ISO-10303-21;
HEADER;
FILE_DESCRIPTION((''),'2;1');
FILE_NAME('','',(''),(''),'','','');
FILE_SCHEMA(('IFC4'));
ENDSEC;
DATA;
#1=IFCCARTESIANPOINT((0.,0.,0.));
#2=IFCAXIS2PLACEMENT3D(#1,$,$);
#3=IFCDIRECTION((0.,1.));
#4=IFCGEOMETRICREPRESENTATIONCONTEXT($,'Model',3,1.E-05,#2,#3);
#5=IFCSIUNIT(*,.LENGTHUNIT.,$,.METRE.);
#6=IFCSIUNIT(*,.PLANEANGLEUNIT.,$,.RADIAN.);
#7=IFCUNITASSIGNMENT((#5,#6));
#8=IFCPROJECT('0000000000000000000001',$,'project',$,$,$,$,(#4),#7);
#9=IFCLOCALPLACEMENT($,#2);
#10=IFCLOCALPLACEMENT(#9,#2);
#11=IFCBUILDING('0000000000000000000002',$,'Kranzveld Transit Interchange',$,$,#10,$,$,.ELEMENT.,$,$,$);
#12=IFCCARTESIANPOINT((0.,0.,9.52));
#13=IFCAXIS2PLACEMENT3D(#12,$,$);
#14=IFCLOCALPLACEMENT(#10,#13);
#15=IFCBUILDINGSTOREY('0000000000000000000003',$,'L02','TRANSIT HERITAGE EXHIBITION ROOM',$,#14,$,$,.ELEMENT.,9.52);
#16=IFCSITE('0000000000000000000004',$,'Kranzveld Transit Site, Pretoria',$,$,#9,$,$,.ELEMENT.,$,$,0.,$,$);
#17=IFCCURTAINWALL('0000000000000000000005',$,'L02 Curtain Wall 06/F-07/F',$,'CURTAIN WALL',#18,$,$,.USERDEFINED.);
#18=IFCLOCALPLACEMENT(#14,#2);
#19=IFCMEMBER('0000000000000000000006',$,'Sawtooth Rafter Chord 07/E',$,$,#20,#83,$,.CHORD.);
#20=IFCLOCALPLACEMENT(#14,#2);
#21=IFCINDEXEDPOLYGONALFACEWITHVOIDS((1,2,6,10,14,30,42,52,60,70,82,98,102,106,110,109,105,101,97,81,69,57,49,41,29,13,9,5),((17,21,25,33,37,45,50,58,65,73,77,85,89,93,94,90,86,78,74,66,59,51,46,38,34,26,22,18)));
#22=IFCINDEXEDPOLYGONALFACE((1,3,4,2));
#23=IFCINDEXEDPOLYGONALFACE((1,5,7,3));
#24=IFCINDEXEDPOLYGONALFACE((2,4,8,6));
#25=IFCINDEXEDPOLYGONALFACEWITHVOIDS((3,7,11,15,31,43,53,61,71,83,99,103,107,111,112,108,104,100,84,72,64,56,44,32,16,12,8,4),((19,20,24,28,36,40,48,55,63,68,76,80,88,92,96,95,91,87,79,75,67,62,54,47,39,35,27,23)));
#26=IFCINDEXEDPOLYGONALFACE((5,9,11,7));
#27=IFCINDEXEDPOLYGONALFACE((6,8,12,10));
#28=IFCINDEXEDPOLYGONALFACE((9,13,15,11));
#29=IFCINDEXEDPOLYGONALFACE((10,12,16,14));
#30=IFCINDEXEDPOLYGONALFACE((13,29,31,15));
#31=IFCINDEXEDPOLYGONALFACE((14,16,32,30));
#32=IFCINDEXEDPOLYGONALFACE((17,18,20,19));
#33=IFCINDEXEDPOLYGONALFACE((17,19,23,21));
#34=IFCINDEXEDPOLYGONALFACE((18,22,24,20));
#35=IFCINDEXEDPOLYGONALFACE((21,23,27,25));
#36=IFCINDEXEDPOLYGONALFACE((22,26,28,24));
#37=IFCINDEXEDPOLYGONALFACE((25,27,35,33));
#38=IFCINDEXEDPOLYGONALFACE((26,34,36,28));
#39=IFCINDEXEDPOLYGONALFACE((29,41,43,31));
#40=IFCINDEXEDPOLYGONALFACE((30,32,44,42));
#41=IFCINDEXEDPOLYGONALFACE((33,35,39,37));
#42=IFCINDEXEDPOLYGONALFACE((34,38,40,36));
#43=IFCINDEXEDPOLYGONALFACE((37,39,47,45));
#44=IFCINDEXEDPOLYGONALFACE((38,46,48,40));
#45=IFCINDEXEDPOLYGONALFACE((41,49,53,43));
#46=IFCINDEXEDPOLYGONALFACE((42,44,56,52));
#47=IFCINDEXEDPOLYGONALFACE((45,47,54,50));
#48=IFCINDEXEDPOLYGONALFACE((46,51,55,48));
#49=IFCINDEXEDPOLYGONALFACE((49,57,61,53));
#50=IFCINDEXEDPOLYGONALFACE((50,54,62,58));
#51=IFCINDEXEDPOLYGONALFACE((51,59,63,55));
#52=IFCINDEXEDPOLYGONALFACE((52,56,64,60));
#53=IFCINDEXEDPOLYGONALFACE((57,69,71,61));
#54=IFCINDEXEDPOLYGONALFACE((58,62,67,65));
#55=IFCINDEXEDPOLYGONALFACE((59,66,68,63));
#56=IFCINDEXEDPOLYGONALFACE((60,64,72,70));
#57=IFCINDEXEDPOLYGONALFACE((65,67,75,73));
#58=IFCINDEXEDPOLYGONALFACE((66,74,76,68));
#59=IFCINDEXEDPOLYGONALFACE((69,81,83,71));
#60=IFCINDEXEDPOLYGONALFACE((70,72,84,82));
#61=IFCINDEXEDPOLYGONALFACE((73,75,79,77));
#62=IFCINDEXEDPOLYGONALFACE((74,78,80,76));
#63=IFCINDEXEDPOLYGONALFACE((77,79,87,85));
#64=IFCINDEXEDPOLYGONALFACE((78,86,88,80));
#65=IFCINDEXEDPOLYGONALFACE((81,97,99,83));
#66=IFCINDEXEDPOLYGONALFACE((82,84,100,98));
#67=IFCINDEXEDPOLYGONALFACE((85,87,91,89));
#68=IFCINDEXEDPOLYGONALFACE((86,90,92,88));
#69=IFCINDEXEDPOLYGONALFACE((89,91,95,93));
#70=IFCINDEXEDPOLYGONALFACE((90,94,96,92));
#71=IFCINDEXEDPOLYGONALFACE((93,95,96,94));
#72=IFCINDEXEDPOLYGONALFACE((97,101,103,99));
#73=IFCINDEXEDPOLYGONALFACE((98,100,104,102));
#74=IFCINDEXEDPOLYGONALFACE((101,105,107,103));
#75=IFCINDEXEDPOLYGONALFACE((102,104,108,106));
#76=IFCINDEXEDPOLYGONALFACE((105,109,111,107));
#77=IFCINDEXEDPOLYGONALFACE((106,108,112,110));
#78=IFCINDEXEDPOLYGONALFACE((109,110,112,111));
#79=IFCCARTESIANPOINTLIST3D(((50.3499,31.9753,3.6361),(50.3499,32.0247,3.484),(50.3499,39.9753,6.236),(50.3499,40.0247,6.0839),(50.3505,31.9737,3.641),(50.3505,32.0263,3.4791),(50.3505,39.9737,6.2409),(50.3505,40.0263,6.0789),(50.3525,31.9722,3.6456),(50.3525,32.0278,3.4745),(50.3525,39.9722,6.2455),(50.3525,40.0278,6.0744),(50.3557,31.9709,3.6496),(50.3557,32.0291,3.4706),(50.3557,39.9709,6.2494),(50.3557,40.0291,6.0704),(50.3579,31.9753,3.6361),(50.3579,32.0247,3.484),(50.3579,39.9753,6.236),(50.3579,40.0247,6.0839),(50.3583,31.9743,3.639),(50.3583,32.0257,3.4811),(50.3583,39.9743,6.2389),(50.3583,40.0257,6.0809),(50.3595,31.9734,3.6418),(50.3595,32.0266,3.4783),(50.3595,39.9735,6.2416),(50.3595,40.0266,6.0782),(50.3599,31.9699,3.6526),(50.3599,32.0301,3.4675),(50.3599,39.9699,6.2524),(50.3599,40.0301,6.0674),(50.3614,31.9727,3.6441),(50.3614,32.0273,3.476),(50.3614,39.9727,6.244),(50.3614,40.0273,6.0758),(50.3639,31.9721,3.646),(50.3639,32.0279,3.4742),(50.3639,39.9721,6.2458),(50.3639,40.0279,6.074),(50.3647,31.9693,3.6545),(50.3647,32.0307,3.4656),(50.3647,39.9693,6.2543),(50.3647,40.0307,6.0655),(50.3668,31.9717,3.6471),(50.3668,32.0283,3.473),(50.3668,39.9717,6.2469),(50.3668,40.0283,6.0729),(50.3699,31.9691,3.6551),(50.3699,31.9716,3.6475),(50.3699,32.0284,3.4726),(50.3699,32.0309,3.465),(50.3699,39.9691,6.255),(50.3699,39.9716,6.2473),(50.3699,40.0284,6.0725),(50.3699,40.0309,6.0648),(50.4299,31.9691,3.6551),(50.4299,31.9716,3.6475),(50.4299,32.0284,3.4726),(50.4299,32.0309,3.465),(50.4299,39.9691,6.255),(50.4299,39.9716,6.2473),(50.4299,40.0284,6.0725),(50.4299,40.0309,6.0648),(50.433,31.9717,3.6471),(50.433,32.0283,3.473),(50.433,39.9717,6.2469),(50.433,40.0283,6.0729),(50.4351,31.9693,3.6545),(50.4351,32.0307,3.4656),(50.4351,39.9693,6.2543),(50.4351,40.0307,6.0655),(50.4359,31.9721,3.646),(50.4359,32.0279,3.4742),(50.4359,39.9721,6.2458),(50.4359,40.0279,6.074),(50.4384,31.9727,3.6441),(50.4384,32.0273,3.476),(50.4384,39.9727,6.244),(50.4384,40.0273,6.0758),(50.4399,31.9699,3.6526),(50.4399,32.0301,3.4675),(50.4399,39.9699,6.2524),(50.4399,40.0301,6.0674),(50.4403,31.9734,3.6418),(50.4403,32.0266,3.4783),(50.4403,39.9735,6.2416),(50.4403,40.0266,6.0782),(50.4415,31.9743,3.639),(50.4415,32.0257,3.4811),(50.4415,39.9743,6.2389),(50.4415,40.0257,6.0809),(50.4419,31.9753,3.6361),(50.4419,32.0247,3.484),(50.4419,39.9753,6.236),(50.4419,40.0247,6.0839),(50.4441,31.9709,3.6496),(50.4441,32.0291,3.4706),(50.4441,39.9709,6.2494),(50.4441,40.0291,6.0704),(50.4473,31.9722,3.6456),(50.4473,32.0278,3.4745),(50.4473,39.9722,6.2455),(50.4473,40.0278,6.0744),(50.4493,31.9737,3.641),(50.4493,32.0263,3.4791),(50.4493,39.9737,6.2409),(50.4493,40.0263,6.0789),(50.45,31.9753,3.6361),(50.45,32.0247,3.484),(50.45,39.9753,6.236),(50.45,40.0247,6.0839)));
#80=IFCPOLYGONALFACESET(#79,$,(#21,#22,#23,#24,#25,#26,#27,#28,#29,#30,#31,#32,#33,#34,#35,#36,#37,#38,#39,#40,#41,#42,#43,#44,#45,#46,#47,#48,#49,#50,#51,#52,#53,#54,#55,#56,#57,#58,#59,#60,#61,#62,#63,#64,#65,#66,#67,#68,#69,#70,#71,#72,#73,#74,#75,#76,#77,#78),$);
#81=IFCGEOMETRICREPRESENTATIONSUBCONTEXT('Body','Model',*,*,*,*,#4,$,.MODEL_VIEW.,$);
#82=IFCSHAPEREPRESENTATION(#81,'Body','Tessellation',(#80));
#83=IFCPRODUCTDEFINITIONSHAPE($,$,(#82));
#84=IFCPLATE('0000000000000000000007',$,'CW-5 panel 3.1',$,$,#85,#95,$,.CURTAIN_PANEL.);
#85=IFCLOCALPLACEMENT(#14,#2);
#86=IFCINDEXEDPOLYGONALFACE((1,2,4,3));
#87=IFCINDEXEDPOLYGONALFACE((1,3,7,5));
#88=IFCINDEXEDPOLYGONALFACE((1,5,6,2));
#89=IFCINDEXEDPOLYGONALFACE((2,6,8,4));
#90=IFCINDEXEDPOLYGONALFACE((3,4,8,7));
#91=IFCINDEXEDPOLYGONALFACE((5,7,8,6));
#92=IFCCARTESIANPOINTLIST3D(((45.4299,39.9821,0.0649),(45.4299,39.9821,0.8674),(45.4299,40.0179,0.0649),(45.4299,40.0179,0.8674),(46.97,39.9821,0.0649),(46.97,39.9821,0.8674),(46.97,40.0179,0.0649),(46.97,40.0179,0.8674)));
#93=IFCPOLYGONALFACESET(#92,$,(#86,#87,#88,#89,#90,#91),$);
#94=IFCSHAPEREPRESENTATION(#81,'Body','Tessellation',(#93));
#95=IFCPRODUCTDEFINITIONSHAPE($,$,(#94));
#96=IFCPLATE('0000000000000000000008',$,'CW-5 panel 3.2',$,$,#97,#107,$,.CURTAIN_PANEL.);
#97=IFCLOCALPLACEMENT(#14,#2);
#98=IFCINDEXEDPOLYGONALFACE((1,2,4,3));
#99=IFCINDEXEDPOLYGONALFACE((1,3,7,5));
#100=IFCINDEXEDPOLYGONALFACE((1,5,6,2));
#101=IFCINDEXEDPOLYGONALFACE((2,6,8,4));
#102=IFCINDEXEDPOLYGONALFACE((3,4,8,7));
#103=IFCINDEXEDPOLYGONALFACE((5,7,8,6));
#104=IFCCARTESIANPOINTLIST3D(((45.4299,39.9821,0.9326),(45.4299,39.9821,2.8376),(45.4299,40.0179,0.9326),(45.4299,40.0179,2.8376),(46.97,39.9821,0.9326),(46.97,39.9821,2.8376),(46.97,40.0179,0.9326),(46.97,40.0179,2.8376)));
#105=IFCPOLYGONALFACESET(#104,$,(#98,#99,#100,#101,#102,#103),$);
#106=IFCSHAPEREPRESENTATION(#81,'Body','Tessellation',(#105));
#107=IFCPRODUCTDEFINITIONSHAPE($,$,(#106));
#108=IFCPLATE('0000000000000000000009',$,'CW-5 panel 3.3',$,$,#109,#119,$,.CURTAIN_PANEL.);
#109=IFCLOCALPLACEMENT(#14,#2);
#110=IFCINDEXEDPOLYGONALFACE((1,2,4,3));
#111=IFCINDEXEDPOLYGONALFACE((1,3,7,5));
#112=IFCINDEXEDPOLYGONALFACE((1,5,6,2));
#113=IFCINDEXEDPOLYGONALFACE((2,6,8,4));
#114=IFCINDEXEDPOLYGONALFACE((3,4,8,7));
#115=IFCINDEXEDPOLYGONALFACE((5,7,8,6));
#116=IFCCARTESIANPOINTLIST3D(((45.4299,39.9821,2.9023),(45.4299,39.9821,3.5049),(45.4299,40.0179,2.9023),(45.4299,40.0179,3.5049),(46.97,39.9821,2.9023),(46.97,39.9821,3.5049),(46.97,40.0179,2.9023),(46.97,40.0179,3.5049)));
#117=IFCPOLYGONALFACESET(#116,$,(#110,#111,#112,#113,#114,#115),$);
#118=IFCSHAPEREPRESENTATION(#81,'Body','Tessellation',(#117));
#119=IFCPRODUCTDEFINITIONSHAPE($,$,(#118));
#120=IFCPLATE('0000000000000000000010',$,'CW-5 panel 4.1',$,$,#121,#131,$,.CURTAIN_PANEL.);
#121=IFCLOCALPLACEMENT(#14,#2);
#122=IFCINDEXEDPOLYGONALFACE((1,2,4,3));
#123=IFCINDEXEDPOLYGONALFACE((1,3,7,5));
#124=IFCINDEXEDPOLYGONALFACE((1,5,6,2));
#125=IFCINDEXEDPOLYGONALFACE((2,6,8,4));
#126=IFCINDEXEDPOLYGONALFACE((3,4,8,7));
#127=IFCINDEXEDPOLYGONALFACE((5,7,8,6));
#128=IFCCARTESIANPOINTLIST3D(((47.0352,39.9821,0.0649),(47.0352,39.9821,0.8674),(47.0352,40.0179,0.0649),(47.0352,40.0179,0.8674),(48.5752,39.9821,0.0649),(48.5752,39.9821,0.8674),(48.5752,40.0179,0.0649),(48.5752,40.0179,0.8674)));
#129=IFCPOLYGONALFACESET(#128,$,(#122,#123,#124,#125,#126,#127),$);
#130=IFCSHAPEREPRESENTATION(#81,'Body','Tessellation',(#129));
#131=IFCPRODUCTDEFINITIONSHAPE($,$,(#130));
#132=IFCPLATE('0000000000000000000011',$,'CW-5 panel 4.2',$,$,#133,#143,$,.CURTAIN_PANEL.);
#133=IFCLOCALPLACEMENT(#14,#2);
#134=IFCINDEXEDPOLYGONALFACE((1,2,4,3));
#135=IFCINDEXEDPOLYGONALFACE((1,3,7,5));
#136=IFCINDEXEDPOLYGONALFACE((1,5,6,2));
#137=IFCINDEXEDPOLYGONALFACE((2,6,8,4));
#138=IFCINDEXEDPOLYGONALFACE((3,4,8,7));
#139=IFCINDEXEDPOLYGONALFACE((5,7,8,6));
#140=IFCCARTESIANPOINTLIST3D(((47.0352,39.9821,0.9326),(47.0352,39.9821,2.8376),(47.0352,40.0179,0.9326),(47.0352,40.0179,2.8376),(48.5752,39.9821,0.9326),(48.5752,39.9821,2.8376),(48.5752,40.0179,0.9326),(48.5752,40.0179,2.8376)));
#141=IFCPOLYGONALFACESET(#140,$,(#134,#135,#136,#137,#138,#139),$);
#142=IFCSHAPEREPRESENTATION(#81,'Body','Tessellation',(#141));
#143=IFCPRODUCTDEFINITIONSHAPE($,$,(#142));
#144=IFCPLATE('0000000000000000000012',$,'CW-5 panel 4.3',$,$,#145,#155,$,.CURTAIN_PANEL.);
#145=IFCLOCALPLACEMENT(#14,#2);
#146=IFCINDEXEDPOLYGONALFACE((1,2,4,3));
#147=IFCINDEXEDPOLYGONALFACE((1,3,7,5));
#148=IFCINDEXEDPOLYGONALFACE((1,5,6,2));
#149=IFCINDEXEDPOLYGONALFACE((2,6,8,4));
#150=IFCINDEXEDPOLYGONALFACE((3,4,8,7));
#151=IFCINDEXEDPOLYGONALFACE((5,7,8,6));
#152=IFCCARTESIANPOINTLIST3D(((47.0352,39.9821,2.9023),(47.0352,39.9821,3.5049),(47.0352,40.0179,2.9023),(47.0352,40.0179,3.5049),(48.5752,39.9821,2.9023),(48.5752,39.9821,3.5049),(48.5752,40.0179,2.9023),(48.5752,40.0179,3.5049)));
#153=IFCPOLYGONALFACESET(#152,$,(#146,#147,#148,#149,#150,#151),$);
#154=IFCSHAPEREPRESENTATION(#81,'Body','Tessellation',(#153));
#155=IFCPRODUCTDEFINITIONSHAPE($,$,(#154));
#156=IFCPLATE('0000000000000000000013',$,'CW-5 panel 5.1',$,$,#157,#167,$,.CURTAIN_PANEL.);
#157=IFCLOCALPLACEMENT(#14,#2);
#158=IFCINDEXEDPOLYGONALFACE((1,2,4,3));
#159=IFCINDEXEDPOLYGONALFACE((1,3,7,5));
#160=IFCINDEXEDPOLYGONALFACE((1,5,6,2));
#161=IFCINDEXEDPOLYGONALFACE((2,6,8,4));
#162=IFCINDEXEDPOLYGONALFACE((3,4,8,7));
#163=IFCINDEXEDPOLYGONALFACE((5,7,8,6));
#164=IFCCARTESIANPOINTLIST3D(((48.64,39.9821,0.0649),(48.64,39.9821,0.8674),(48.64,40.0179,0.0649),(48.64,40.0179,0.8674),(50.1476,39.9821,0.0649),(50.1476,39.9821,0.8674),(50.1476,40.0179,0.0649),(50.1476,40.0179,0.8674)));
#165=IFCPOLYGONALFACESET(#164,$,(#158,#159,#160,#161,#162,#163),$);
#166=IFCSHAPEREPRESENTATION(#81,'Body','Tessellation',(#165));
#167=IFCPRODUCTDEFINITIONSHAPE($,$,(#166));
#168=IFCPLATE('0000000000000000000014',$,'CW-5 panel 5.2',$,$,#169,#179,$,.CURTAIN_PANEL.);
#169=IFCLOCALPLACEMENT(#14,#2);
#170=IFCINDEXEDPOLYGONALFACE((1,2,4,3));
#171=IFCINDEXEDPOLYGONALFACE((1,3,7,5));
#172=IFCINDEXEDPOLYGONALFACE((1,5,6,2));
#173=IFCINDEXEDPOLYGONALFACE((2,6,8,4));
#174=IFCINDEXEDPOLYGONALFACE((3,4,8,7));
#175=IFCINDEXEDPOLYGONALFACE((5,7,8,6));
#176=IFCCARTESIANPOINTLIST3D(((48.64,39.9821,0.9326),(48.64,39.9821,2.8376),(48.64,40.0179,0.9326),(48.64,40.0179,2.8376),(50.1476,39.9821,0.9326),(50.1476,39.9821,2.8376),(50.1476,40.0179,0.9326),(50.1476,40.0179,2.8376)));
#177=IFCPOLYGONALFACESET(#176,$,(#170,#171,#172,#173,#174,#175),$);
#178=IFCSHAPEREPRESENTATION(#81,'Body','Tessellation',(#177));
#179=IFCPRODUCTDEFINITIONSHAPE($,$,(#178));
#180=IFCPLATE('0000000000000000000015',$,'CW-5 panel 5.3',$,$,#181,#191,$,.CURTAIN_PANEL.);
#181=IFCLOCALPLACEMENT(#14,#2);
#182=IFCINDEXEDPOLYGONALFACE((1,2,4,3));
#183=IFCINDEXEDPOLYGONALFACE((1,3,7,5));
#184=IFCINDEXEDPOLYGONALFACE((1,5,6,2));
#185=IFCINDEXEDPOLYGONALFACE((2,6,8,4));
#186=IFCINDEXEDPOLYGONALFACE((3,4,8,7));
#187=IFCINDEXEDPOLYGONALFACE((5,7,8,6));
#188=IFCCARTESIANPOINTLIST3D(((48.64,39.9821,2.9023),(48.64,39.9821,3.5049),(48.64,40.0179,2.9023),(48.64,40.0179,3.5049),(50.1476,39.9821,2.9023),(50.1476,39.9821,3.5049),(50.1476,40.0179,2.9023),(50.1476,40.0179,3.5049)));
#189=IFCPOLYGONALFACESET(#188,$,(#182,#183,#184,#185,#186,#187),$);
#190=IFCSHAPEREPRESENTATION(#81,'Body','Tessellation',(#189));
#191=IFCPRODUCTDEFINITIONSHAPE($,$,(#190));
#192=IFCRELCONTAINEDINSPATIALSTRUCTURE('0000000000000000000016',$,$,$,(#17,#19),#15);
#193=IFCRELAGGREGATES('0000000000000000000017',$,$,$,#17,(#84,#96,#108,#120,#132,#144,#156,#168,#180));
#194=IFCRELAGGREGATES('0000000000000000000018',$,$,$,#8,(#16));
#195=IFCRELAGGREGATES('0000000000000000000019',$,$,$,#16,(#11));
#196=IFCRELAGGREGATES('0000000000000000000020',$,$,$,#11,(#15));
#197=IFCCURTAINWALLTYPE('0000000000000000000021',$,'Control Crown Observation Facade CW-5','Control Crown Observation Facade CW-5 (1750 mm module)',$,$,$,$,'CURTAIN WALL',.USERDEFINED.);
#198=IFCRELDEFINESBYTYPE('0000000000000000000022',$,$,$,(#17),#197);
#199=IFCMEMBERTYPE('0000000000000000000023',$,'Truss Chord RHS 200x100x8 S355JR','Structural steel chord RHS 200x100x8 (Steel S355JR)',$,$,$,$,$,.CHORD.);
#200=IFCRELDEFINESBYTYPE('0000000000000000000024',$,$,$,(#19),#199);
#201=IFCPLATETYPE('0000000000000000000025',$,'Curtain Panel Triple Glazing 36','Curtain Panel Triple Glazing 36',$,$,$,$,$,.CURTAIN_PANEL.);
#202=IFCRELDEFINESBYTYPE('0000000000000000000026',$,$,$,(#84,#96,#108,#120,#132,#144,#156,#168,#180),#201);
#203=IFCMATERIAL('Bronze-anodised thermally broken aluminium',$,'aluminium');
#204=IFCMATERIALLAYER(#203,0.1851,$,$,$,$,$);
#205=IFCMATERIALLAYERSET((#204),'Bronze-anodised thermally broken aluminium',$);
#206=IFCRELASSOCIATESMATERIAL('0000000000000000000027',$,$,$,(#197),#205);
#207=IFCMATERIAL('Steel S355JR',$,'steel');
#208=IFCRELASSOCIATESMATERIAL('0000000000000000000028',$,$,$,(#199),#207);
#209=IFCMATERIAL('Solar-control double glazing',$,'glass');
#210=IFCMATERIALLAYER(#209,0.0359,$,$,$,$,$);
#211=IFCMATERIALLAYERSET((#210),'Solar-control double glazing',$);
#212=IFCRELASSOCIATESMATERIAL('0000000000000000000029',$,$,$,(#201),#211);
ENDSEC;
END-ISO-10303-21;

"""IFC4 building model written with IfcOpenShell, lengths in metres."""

from ifc_helpers import new_model, si_unit, direction, frame, origin, origin_2d, place, context, subcontext, project, spatial, rectangle, hollow_rectangle, extrude, material, layer, layer_set, material_profile, profile_set, type_object, element, aggregate, save


model = new_model("IFC4")

# Units and contexts
model_context = context("Model", 3, precision=1e-05, world=origin(), true_north=direction((0.0, 1.0)))
body_context = subcontext(model_context, "Body", "Model", "MODEL_VIEW")
ifc_project = project(units=[si_unit("LENGTHUNIT", "METRE"), si_unit("PLANEANGLEUNIT", "RADIAN")], contexts=[model_context])

# Site, building, storey
site_placement = place(None, origin())
site = spatial("IfcSite", under=ifc_project, at=site_placement, Name="Kranzveld Transit Site, Pretoria", CompositionType="ELEMENT", RefElevation=0.0)
building_placement = place(site_placement, origin())
building = spatial("IfcBuilding", under=site, at=building_placement, Name="Kranzveld Transit Interchange", CompositionType="ELEMENT")
storey_placement = place(building_placement, frame((0.0, 0.0, 9.52)))
storey = spatial("IfcBuildingStorey", under=building, at=storey_placement, Name="L02", Description="TRANSIT HERITAGE EXHIBITION ROOM", CompositionType="ELEMENT", Elevation=9.52)

# Curtain wall
ifc_material_1 = material(Name="Bronze-anodised thermally broken aluminium", Category="aluminium")
ifc_layer_1 = layer(ifc_material_1, 0.1851)
ifc_layer_set_1 = layer_set([ifc_layer_1], Name="Bronze-anodised thermally broken aluminium")
curtain_wall_type = type_object("IfcCurtainWallType", Name="Control Crown Observation Facade CW-5", Description="Control Crown Observation Facade CW-5 (1750 mm module)", ElementType="CURTAIN WALL", PredefinedType="USERDEFINED", material=ifc_layer_set_1)
curtain_wall_placement = place(storey_placement, origin())
curtain_wall = element("IfcCurtainWall", 1, at=curtain_wall_placement, inside=storey, type_object=curtain_wall_type, Name="L02 Curtain Wall 06/F-07/F", ObjectType="CURTAIN WALL", PredefinedType="USERDEFINED")

# Member
ifc_material_2 = material(Name="Steel S355JR", Category="steel")
ifc_material_profile_1 = material_profile(ifc_material_2, hollow_rectangle(XDim=0.1001, YDim=0.2, WallThickness=0.0081, InnerFilletRadius=0.012, OuterFilletRadius=0.02, at=origin_2d()), Name="RHS 200x100x8")
ifc_profile_set_1 = profile_set([ifc_material_profile_1], Name="Steel S355JR")
member_type_1 = type_object("IfcMemberType", Name="Truss Chord RHS 200x100x8 S355JR", Description="Structural steel chord RHS 200x100x8 (Steel S355JR)", PredefinedType="CHORD", material=ifc_profile_set_1)
member_1_placement = place(storey_placement, frame((50.3999, 32.0, 3.5601), z_axis=(0.0, 0.951039, 0.30907), x_axis=(-1.0, 0.0, 0.0)))
element("IfcMember", 2, at=member_1_placement, inside=storey, type_object=member_type_1, Name="Sawtooth Rafter Chord 07/E", PredefinedType="CHORD", context=body_context, shape_type="SweptSolid", body=[
    extrude(hollow_rectangle(XDim=0.1001, YDim=0.2, WallThickness=0.0081, InnerFilletRadius=0.012, OuterFilletRadius=0.02, at=origin_2d()), origin(), (0.0, 0.0, 1.0), 8.4119),
])

# Plates
ifc_material_3 = material(Name="Solar-control double glazing", Category="glass")
ifc_layer_2 = layer(ifc_material_3, 0.0359)
ifc_layer_set_2 = layer_set([ifc_layer_2], Name="Solar-control double glazing")
plate_type = type_object("IfcPlateType", Name="Curtain Panel Triple Glazing 36", Description="Curtain Panel Triple Glazing 36", PredefinedType="CURTAIN_PANEL", material=ifc_layer_set_2)
plate_1_placement = place(storey_placement, frame((46.2, 40.0, 0.0649), z_axis=(0.0, 0.0, 1.0), x_axis=(1.0, 0.0, 0.0)))
plate_1 = element("IfcPlate", 3, at=plate_1_placement, type_object=plate_type, Name="CW-5 panel 3.1", PredefinedType="CURTAIN_PANEL", context=body_context, shape_type="SweptSolid", body=[
    extrude(rectangle(XDim=1.54, YDim=0.0359, at=origin_2d()), origin(), (0.0, 0.0, 1.0), 0.8025),
])
plate_2_placement = place(storey_placement, frame((46.2, 40.0, 0.9326), z_axis=(0.0, 0.0, 1.0), x_axis=(1.0, 0.0, 0.0)))
plate_2 = element("IfcPlate", 4, at=plate_2_placement, type_object=plate_type, Name="CW-5 panel 3.2", PredefinedType="CURTAIN_PANEL", context=body_context, shape_type="SweptSolid", body=[
    extrude(rectangle(XDim=1.54, YDim=0.0359, at=origin_2d()), origin(), (0.0, 0.0, 1.0), 1.905),
])
plate_3_placement = place(storey_placement, frame((46.2, 40.0, 2.9023), z_axis=(0.0, 0.0, 1.0), x_axis=(1.0, 0.0, 0.0)))
plate_3 = element("IfcPlate", 5, at=plate_3_placement, type_object=plate_type, Name="CW-5 panel 3.3", PredefinedType="CURTAIN_PANEL", context=body_context, shape_type="SweptSolid", body=[
    extrude(rectangle(XDim=1.54, YDim=0.0359, at=origin_2d()), origin(), (0.0, 0.0, 1.0), 0.6025),
])
plate_4_placement = place(storey_placement, frame((47.8052, 40.0, 0.0649), z_axis=(0.0, 0.0, 1.0), x_axis=(1.0, 0.0, 0.0)))
plate_4 = element("IfcPlate", 6, at=plate_4_placement, type_object=plate_type, Name="CW-5 panel 4.1", PredefinedType="CURTAIN_PANEL", context=body_context, shape_type="SweptSolid", body=[
    extrude(rectangle(XDim=1.54, YDim=0.0359, at=origin_2d()), origin(), (0.0, 0.0, 1.0), 0.8025),
])
plate_5_placement = place(storey_placement, frame((47.8052, 40.0, 0.9326), z_axis=(0.0, 0.0, 1.0), x_axis=(1.0, 0.0, 0.0)))
plate_5 = element("IfcPlate", 7, at=plate_5_placement, type_object=plate_type, Name="CW-5 panel 4.2", PredefinedType="CURTAIN_PANEL", context=body_context, shape_type="SweptSolid", body=[
    extrude(rectangle(XDim=1.54, YDim=0.0359, at=origin_2d()), origin(), (0.0, 0.0, 1.0), 1.905),
])
plate_6_placement = place(storey_placement, frame((47.8052, 40.0, 2.9023), z_axis=(0.0, 0.0, 1.0), x_axis=(1.0, 0.0, 0.0)))
plate_6 = element("IfcPlate", 8, at=plate_6_placement, type_object=plate_type, Name="CW-5 panel 4.3", PredefinedType="CURTAIN_PANEL", context=body_context, shape_type="SweptSolid", body=[
    extrude(rectangle(XDim=1.54, YDim=0.0359, at=origin_2d()), origin(), (0.0, 0.0, 1.0), 0.6025),
])
plate_7_placement = place(storey_placement, frame((49.3938, 40.0, 0.0649), z_axis=(0.0, 0.0, 1.0), x_axis=(1.0, 0.0, 0.0)))
plate_7 = element("IfcPlate", 9, at=plate_7_placement, type_object=plate_type, Name="CW-5 panel 5.1", PredefinedType="CURTAIN_PANEL", context=body_context, shape_type="SweptSolid", body=[
    extrude(rectangle(XDim=1.5076, YDim=0.0359, at=origin_2d()), origin(), (0.0, 0.0, 1.0), 0.8025),
])
plate_8_placement = place(storey_placement, frame((49.3938, 40.0, 0.9326), z_axis=(0.0, 0.0, 1.0), x_axis=(1.0, 0.0, 0.0)))
plate_8 = element("IfcPlate", 10, at=plate_8_placement, type_object=plate_type, Name="CW-5 panel 5.2", PredefinedType="CURTAIN_PANEL", context=body_context, shape_type="SweptSolid", body=[
    extrude(rectangle(XDim=1.5076, YDim=0.0359, at=origin_2d()), origin(), (0.0, 0.0, 1.0), 1.905),
])
plate_9_placement = place(storey_placement, frame((49.3938, 40.0, 2.9023), z_axis=(0.0, 0.0, 1.0), x_axis=(1.0, 0.0, 0.0)))
plate_9 = element("IfcPlate", 11, at=plate_9_placement, type_object=plate_type, Name="CW-5 panel 5.3", PredefinedType="CURTAIN_PANEL", context=body_context, shape_type="SweptSolid", body=[
    extrude(rectangle(XDim=1.5076, YDim=0.0359, at=origin_2d()), origin(), (0.0, 0.0, 1.0), 0.6025),
])
aggregate(curtain_wall, [plate_1, plate_2, plate_3, plate_4, plate_5, plate_6, plate_7, plate_8, plate_9])

save(model, "model.ifc")
